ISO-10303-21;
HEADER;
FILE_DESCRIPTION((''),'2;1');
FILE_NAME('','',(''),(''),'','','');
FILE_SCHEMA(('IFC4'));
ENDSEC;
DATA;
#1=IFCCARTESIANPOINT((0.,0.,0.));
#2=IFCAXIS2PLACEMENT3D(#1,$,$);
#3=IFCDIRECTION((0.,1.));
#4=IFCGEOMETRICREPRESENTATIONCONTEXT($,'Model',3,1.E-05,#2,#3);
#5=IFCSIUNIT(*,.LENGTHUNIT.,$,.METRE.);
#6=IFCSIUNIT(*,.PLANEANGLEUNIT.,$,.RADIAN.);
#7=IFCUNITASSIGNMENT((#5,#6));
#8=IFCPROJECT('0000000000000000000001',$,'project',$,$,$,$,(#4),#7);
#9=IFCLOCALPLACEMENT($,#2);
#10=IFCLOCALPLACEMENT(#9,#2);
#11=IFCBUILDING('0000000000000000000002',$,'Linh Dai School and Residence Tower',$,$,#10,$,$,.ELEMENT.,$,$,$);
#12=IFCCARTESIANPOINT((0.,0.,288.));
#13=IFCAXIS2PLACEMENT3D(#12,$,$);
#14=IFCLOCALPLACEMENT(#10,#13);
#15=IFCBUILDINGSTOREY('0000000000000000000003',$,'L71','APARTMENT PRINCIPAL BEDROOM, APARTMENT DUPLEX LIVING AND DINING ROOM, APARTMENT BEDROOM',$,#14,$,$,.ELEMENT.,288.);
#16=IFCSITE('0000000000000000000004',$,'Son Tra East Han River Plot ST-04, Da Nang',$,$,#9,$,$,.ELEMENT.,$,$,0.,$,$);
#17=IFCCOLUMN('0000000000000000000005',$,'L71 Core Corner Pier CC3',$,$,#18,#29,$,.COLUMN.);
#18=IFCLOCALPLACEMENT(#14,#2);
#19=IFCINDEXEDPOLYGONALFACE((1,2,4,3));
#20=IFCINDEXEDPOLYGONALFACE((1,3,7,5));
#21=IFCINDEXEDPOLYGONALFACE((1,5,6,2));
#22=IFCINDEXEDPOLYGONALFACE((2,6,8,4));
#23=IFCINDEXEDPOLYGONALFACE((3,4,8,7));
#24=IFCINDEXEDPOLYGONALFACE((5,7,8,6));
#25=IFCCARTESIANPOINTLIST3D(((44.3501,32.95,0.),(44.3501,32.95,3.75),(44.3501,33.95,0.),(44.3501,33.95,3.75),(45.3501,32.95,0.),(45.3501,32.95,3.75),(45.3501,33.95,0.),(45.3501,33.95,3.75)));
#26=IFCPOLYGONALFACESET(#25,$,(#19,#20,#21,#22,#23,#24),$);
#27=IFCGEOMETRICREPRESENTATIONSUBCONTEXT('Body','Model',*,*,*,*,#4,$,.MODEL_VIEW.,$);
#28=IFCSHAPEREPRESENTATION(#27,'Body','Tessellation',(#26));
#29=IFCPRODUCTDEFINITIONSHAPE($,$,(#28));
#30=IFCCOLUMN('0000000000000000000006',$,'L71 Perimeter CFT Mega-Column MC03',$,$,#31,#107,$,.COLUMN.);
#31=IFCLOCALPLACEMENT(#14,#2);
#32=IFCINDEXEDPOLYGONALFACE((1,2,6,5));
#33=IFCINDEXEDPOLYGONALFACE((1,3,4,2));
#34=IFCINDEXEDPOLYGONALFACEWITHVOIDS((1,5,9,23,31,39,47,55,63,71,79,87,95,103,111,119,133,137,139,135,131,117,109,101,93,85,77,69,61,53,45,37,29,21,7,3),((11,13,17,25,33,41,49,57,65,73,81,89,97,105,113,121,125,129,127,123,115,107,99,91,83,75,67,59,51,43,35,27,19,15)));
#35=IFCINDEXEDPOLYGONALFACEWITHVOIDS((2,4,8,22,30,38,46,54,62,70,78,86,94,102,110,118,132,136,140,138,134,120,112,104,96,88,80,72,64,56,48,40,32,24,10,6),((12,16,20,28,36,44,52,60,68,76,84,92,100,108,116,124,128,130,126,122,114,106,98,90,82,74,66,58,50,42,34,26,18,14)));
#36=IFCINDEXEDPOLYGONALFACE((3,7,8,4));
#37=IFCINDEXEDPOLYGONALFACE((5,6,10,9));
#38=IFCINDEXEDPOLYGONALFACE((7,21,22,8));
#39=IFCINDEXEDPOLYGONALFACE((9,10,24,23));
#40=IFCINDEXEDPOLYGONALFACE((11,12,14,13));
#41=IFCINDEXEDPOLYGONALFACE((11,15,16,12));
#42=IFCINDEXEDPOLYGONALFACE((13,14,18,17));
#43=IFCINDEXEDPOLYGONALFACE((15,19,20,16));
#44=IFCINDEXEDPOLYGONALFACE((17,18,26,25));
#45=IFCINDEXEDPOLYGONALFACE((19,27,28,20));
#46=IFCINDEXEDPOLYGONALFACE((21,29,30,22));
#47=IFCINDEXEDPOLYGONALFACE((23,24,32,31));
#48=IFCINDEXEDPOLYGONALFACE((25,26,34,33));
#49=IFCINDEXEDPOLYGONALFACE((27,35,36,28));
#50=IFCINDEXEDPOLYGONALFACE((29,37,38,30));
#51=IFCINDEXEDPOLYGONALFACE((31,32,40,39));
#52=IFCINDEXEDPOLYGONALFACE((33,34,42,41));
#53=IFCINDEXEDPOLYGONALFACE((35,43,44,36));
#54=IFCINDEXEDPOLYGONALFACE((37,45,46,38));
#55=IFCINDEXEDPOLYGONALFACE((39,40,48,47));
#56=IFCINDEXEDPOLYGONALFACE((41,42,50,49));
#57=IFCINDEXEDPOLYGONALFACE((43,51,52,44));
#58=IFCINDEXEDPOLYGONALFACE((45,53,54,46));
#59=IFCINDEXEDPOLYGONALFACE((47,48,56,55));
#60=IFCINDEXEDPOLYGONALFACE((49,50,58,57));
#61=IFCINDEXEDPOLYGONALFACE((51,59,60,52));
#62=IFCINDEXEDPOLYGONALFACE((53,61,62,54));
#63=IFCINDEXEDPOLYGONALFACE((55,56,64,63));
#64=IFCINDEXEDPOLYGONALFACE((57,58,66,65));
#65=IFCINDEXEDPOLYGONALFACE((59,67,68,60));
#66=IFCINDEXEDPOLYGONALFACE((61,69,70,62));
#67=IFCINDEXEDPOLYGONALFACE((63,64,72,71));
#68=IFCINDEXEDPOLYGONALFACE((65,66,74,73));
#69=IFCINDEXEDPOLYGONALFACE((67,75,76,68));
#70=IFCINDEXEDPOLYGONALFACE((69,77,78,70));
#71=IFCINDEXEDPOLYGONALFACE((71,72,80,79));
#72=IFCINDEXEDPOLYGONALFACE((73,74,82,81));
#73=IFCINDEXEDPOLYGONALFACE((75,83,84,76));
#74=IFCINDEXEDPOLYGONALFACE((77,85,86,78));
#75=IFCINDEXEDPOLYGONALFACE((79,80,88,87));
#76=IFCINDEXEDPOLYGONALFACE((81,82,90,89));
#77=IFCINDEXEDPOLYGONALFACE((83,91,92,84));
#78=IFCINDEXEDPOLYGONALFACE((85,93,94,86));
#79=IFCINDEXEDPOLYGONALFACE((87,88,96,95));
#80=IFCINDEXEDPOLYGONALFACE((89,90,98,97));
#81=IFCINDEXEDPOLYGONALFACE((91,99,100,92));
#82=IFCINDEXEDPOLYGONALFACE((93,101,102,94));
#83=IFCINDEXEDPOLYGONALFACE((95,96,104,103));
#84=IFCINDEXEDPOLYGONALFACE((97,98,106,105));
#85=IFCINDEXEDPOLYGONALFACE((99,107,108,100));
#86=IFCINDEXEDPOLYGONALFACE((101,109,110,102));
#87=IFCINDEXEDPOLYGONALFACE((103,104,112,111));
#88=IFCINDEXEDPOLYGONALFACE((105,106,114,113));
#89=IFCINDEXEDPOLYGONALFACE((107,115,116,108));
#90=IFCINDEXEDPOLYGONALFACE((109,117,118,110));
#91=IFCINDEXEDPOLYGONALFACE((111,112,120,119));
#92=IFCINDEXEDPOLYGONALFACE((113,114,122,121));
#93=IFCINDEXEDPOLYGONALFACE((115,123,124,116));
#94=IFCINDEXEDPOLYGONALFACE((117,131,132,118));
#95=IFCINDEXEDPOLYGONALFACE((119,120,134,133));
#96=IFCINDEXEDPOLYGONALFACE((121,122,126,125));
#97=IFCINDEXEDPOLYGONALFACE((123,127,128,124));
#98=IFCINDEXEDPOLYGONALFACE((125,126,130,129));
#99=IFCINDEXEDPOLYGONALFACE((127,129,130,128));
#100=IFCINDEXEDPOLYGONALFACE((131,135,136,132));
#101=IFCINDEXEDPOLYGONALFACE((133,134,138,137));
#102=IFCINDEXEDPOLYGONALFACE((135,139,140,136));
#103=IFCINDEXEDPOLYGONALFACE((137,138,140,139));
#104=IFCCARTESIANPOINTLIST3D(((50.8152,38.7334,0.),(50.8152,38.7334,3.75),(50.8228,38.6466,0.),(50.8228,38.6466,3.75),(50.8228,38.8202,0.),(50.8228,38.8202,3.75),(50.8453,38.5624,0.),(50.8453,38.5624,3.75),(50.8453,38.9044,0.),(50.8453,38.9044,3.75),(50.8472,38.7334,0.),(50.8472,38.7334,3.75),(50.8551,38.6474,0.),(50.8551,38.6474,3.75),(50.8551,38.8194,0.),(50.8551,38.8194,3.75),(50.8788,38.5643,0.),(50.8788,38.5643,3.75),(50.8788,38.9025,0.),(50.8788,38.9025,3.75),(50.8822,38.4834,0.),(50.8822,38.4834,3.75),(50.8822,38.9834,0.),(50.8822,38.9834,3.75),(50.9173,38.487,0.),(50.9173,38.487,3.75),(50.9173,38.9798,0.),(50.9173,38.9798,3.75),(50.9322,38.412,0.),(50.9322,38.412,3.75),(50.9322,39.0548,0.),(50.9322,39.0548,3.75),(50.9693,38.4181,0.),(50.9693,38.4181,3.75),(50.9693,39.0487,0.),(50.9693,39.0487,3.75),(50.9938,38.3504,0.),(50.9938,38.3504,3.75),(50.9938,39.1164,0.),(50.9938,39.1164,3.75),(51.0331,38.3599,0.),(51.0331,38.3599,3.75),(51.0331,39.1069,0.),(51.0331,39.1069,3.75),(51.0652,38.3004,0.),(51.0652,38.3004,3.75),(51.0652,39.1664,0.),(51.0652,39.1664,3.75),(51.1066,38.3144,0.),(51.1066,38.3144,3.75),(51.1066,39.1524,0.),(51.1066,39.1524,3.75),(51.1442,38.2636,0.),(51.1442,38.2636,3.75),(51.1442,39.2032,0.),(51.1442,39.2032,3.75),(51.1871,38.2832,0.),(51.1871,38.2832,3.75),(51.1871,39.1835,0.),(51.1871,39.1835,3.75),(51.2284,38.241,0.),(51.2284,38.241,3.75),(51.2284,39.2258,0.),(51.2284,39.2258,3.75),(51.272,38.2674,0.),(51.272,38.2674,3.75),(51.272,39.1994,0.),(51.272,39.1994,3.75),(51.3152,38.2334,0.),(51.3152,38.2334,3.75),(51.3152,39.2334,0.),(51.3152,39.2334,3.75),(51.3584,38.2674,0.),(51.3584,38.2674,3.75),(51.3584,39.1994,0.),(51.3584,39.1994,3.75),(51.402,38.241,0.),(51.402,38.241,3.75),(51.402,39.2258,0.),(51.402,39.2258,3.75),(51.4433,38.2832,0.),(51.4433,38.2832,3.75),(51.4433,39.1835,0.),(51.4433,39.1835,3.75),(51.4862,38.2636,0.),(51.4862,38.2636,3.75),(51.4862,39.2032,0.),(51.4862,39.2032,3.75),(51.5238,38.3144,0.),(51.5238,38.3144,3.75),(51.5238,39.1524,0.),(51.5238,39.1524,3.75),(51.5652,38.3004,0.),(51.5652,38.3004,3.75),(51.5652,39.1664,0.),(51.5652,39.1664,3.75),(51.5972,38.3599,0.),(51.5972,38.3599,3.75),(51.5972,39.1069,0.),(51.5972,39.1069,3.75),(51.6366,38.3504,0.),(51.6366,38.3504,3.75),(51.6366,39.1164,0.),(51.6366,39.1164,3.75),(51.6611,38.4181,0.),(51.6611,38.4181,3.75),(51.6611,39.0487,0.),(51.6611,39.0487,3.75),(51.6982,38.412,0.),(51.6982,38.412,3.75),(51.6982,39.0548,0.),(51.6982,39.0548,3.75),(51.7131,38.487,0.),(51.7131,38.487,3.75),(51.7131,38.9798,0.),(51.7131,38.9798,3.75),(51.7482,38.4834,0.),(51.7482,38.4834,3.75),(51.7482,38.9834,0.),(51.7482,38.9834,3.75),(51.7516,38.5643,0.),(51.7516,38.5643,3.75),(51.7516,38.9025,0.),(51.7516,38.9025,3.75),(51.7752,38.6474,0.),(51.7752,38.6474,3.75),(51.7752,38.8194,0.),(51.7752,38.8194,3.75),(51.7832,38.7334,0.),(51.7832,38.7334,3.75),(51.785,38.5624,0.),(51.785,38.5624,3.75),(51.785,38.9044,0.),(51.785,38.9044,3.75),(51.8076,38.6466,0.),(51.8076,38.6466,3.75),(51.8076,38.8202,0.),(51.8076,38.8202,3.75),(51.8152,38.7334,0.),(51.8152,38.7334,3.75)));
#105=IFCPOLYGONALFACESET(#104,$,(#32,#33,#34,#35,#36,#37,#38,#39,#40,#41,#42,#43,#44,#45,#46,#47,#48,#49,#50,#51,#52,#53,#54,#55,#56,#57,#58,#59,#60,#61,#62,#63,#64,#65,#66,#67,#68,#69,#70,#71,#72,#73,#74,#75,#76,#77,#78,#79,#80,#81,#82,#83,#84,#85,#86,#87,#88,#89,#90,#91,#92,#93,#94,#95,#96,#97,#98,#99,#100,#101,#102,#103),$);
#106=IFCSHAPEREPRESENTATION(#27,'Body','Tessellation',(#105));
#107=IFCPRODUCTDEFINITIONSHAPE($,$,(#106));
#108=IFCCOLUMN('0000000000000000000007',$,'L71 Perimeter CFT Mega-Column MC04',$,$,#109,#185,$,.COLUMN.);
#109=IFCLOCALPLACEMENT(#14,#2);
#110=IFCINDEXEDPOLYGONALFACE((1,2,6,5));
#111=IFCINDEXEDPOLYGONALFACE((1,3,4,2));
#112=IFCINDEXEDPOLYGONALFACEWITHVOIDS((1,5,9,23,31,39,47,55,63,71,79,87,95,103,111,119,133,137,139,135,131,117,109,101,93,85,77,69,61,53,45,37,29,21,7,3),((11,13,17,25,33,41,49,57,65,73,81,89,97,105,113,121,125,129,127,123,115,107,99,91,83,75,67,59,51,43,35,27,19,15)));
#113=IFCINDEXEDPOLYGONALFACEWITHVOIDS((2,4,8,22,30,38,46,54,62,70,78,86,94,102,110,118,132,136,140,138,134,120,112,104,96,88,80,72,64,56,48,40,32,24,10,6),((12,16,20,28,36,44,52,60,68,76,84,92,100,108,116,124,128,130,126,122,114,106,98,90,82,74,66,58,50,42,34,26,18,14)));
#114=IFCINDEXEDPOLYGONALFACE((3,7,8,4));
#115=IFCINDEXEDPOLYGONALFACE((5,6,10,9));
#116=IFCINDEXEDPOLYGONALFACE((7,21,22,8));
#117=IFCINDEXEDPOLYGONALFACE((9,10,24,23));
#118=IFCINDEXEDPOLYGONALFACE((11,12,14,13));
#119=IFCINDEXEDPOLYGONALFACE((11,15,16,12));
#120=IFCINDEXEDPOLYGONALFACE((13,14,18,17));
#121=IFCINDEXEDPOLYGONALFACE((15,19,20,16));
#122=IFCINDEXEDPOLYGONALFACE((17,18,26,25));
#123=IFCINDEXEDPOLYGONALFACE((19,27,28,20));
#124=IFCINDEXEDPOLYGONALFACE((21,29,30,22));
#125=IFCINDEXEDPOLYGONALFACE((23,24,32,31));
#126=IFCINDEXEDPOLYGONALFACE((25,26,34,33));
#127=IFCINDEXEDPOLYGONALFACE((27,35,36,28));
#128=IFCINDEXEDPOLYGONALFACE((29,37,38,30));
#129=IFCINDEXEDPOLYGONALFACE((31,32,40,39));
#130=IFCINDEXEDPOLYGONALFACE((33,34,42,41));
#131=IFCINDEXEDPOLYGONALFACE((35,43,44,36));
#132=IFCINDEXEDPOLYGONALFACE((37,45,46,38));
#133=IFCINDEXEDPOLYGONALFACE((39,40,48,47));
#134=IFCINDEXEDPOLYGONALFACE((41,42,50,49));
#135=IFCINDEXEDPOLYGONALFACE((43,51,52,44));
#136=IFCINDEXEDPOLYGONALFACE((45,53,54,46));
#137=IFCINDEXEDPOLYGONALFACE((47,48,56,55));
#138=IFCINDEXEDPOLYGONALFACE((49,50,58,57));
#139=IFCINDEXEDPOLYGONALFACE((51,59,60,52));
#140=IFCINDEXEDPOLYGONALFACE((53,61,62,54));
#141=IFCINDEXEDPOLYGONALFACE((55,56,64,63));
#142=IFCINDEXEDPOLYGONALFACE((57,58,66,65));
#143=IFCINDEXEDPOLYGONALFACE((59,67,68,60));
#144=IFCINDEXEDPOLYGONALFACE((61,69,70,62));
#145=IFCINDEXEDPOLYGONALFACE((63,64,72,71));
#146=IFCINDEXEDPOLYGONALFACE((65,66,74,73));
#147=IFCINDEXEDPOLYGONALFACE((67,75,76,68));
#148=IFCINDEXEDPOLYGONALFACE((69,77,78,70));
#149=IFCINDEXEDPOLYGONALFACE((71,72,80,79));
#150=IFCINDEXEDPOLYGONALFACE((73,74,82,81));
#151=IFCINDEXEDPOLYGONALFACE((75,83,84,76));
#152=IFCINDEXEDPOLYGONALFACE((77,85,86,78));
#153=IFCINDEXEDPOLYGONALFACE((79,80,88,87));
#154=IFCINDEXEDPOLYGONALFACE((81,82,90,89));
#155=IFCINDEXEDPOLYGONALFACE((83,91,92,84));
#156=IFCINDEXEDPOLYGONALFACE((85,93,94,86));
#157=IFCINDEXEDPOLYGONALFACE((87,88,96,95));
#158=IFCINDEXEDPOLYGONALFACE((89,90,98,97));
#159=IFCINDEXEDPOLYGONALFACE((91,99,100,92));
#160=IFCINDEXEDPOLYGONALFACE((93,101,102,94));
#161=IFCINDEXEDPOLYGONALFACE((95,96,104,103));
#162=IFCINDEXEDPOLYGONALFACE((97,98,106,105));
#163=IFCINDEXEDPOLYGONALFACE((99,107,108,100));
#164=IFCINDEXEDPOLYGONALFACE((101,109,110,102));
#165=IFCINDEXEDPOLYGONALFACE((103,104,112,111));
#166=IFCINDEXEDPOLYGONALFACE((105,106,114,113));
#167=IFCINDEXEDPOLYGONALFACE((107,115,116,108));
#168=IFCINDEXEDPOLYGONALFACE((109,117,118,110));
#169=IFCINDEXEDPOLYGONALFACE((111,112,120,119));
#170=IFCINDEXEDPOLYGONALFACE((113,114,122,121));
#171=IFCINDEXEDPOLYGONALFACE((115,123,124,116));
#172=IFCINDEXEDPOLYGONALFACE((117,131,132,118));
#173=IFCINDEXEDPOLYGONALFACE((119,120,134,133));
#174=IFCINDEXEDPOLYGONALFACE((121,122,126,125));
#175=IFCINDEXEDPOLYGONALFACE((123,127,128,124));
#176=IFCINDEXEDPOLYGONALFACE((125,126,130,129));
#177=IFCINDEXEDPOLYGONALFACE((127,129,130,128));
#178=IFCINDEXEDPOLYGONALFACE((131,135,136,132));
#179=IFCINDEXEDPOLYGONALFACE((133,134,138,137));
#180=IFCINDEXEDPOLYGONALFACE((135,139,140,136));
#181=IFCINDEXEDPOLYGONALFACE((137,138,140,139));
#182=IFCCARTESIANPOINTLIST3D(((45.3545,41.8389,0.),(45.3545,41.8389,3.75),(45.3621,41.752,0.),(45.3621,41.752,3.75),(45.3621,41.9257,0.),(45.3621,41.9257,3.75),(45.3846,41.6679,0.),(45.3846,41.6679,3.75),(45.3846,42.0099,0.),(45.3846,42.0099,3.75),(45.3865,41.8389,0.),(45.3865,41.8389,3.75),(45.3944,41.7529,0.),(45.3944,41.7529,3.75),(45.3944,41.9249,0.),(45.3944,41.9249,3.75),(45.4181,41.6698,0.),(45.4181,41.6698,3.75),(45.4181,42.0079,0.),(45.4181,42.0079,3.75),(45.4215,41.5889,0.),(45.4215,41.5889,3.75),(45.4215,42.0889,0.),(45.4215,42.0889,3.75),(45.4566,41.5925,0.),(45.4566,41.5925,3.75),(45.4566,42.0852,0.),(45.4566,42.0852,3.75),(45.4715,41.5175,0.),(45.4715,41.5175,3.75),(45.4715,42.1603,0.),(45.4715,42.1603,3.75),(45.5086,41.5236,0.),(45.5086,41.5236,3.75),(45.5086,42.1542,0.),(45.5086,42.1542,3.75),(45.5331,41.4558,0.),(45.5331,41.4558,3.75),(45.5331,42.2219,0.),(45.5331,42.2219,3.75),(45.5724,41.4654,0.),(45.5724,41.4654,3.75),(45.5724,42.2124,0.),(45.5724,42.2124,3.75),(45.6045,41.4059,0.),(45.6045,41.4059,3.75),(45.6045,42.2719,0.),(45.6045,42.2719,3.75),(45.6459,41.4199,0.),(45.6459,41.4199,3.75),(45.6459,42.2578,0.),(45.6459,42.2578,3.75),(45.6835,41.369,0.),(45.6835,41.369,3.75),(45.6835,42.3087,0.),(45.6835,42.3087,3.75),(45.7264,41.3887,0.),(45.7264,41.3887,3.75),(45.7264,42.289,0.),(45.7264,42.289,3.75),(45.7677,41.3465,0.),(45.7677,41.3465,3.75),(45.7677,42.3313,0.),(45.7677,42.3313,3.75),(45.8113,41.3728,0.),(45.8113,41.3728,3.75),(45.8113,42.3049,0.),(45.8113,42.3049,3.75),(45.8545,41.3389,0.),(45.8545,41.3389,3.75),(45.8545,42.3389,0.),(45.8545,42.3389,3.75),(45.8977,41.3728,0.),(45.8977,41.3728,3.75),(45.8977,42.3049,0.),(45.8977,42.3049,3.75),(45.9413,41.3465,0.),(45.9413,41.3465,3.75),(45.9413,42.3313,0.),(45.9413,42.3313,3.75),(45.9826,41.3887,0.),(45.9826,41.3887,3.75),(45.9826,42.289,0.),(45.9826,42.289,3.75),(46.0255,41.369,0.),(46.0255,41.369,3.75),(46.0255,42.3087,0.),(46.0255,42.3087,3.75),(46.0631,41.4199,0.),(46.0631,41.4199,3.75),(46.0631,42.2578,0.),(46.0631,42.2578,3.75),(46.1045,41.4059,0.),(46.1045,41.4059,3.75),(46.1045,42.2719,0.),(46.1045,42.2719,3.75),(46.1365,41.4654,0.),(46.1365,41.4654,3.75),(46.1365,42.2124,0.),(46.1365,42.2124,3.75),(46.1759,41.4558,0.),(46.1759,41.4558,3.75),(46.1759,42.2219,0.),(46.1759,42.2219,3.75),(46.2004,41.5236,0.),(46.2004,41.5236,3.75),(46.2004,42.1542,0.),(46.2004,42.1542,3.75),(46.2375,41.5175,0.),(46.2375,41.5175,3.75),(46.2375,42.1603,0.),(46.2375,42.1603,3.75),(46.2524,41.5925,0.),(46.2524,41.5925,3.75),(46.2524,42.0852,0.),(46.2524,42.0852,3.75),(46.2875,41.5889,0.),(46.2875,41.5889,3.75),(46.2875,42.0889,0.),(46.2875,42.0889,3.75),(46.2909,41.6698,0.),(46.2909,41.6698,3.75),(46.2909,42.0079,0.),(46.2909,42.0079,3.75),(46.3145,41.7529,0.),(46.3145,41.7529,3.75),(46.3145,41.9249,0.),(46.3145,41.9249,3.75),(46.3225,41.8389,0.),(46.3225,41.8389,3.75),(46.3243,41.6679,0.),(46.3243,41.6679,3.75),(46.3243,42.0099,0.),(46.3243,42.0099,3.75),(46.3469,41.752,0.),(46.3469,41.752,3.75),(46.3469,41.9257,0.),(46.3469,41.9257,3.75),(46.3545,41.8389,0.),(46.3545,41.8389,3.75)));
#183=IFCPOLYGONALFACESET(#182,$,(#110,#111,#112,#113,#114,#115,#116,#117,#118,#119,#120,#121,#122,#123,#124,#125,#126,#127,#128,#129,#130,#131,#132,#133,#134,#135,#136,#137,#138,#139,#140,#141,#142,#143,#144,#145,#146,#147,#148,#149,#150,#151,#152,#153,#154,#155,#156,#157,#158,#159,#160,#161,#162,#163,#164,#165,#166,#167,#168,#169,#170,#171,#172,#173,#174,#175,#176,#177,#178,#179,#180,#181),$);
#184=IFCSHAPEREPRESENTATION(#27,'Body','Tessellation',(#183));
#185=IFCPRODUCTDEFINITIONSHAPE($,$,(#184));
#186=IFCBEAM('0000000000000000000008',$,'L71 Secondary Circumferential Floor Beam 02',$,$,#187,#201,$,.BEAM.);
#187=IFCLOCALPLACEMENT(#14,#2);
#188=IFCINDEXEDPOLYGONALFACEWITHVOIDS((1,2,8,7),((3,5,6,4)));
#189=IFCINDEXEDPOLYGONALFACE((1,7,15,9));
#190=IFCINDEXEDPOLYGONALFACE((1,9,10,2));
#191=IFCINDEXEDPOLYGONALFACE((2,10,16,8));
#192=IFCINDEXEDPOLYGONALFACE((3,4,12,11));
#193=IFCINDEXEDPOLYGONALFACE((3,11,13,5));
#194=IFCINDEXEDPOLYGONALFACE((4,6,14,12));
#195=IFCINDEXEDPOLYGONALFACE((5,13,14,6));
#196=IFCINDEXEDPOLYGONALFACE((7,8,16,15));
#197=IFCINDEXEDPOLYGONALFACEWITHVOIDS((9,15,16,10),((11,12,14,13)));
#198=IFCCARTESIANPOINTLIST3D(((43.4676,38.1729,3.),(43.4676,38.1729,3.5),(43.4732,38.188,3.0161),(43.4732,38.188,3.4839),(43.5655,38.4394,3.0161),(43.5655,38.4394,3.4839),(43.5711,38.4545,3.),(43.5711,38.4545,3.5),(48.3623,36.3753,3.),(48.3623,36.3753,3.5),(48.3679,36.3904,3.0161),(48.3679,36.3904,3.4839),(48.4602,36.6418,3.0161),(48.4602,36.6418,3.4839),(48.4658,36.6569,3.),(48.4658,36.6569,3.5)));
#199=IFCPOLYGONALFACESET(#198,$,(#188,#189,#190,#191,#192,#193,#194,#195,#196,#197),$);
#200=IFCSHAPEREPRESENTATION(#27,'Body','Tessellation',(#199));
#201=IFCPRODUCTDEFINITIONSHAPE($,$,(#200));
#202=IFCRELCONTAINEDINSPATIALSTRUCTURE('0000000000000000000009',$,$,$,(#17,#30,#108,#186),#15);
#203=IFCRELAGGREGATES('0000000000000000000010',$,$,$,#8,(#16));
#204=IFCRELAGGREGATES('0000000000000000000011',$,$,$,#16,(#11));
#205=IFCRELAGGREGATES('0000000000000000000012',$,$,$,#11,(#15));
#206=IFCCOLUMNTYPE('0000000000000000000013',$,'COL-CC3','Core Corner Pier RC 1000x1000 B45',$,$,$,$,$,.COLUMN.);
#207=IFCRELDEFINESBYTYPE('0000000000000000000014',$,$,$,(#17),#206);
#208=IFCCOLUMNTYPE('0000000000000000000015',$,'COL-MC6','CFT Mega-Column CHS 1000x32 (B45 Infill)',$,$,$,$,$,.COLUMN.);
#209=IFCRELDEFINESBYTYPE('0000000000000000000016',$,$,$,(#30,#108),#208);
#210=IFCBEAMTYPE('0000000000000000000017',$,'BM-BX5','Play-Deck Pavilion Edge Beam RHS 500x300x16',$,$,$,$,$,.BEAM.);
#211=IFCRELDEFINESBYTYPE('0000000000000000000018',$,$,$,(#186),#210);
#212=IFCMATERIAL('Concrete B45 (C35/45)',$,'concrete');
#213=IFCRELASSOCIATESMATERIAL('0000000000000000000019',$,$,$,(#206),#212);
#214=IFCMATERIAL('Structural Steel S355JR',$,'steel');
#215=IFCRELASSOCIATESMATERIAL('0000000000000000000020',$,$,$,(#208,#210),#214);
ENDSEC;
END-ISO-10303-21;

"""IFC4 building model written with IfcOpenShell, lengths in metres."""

from ifc_helpers import new_model, si_unit, direction, frame, origin, origin_2d, place, context, subcontext, project, spatial, rectangle, hollow_rectangle, hollow_circle, extrude, material, material_profile, profile_set, type_object, element, save


model = new_model("IFC4")

# Units and contexts
model_context = context("Model", 3, precision=1e-05, world=origin(), true_north=direction((0.0, 1.0)))
body_context = subcontext(model_context, "Body", "Model", "MODEL_VIEW")
ifc_project = project(units=[si_unit("LENGTHUNIT", "METRE"), si_unit("PLANEANGLEUNIT", "RADIAN")], contexts=[model_context])

# Site, building, storey
site_placement = place(None, origin())
site = spatial("IfcSite", under=ifc_project, at=site_placement, Name="Son Tra East Han River Plot ST-04, Da Nang", CompositionType="ELEMENT", RefElevation=0.0)
building_placement = place(site_placement, origin())
building = spatial("IfcBuilding", under=site, at=building_placement, Name="Linh Dai School and Residence Tower", CompositionType="ELEMENT")
storey_placement = place(building_placement, frame((0.0, 0.0, 288.0)))
storey = spatial("IfcBuildingStorey", under=building, at=storey_placement, Name="L71", Description="APARTMENT PRINCIPAL BEDROOM, APARTMENT DUPLEX LIVING AND DINING ROOM, APARTMENT BEDROOM", CompositionType="ELEMENT", Elevation=288.0)

# Columns
ifc_material_1 = material(Name="Concrete B45 (C35/45)", Category="concrete")
ifc_material_profile_1 = material_profile(ifc_material_1, rectangle(XDim=1.0, YDim=1.0, at=origin_2d()), Name="RC 1000x1000")
ifc_profile_set_1 = profile_set([ifc_material_profile_1], Name="Concrete B45 (C35/45)")
column_type_1 = type_object("IfcColumnType", Name="COL-CC3", Description="Core Corner Pier RC 1000x1000 B45", PredefinedType="COLUMN", material=ifc_profile_set_1)
column_placement = place(storey_placement, frame((44.8501, 33.45, 0.0), z_axis=(0.0, 0.0, 1.0), x_axis=(1.0, 0.0, 0.0)))
element("IfcColumn", 1, at=column_placement, inside=storey, type_object=column_type_1, Name="L71 Core Corner Pier CC3", PredefinedType="COLUMN", context=body_context, shape_type="SweptSolid", body=[
    extrude(rectangle(XDim=1.0, YDim=1.0, at=origin_2d()), origin(), (0.0, 0.0, 1.0), 3.75),
])
ifc_material_2 = material(Name="Structural Steel S355JR", Category="steel")
ifc_material_profile_2 = material_profile(ifc_material_2, hollow_circle(Radius=0.5, WallThickness=0.032, at=origin_2d()), Name="CHS 1000x32")
ifc_profile_set_2 = profile_set([ifc_material_profile_2], Name="Structural Steel S355JR")
column_type_2 = type_object("IfcColumnType", Name="COL-MC6", Description="CFT Mega-Column CHS 1000x32 (B45 Infill)", PredefinedType="COLUMN", material=ifc_profile_set_2)
for number, where, z_axis, x_axis, name in (
    (2, (51.3152, 38.7334, 0.0), (0.0, 0.0, 1.0), (1.0, 0.0, 0.0), "L71 Perimeter CFT Mega-Column MC03"),
    (3, (45.8545, 41.8389, 0.0), (0.0, 0.0, 1.0), (1.0, 0.0, 0.0), "L71 Perimeter CFT Mega-Column MC04"),
):
    element("IfcColumn", number, at=place(storey_placement, frame(where, z_axis=z_axis, x_axis=x_axis)), inside=storey, type_object=column_type_2, Name=name, PredefinedType="COLUMN", context=body_context, shape_type="SweptSolid", body=[
        extrude(hollow_circle(Radius=0.5, WallThickness=0.032, at=origin_2d()), origin(), (0.0, 0.0, 1.0), 3.75),
    ])

# Beam
ifc_material_profile_3 = material_profile(ifc_material_2, hollow_rectangle(XDim=0.3, YDim=0.5, WallThickness=0.0161, at=origin_2d()), Name="RHS 500x300x16")
ifc_profile_set_3 = profile_set([ifc_material_profile_3], Name="Structural Steel S355JR")
beam_type_1 = type_object("IfcBeamType", Name="BM-BX5", Description="Play-Deck Pavilion Edge Beam RHS 500x300x16", PredefinedType="BEAM", material=ifc_profile_set_3)
beam_1_placement = place(storey_placement, frame((48.4141, 36.5161, 3.25), z_axis=(-0.938699, 0.344737, 0.0), x_axis=(-0.344737, -0.938699, 0.0)))
element("IfcBeam", 4, at=beam_1_placement, inside=storey, type_object=beam_type_1, Name="L71 Secondary Circumferential Floor Beam 02", PredefinedType="BEAM", context=body_context, shape_type="SweptSolid", body=[
    extrude(hollow_rectangle(XDim=0.3, YDim=0.5, WallThickness=0.0161, at=origin_2d()), origin(), (0.0, 0.0, 1.0), 5.2144),
])

save(model, "model.ifc")
